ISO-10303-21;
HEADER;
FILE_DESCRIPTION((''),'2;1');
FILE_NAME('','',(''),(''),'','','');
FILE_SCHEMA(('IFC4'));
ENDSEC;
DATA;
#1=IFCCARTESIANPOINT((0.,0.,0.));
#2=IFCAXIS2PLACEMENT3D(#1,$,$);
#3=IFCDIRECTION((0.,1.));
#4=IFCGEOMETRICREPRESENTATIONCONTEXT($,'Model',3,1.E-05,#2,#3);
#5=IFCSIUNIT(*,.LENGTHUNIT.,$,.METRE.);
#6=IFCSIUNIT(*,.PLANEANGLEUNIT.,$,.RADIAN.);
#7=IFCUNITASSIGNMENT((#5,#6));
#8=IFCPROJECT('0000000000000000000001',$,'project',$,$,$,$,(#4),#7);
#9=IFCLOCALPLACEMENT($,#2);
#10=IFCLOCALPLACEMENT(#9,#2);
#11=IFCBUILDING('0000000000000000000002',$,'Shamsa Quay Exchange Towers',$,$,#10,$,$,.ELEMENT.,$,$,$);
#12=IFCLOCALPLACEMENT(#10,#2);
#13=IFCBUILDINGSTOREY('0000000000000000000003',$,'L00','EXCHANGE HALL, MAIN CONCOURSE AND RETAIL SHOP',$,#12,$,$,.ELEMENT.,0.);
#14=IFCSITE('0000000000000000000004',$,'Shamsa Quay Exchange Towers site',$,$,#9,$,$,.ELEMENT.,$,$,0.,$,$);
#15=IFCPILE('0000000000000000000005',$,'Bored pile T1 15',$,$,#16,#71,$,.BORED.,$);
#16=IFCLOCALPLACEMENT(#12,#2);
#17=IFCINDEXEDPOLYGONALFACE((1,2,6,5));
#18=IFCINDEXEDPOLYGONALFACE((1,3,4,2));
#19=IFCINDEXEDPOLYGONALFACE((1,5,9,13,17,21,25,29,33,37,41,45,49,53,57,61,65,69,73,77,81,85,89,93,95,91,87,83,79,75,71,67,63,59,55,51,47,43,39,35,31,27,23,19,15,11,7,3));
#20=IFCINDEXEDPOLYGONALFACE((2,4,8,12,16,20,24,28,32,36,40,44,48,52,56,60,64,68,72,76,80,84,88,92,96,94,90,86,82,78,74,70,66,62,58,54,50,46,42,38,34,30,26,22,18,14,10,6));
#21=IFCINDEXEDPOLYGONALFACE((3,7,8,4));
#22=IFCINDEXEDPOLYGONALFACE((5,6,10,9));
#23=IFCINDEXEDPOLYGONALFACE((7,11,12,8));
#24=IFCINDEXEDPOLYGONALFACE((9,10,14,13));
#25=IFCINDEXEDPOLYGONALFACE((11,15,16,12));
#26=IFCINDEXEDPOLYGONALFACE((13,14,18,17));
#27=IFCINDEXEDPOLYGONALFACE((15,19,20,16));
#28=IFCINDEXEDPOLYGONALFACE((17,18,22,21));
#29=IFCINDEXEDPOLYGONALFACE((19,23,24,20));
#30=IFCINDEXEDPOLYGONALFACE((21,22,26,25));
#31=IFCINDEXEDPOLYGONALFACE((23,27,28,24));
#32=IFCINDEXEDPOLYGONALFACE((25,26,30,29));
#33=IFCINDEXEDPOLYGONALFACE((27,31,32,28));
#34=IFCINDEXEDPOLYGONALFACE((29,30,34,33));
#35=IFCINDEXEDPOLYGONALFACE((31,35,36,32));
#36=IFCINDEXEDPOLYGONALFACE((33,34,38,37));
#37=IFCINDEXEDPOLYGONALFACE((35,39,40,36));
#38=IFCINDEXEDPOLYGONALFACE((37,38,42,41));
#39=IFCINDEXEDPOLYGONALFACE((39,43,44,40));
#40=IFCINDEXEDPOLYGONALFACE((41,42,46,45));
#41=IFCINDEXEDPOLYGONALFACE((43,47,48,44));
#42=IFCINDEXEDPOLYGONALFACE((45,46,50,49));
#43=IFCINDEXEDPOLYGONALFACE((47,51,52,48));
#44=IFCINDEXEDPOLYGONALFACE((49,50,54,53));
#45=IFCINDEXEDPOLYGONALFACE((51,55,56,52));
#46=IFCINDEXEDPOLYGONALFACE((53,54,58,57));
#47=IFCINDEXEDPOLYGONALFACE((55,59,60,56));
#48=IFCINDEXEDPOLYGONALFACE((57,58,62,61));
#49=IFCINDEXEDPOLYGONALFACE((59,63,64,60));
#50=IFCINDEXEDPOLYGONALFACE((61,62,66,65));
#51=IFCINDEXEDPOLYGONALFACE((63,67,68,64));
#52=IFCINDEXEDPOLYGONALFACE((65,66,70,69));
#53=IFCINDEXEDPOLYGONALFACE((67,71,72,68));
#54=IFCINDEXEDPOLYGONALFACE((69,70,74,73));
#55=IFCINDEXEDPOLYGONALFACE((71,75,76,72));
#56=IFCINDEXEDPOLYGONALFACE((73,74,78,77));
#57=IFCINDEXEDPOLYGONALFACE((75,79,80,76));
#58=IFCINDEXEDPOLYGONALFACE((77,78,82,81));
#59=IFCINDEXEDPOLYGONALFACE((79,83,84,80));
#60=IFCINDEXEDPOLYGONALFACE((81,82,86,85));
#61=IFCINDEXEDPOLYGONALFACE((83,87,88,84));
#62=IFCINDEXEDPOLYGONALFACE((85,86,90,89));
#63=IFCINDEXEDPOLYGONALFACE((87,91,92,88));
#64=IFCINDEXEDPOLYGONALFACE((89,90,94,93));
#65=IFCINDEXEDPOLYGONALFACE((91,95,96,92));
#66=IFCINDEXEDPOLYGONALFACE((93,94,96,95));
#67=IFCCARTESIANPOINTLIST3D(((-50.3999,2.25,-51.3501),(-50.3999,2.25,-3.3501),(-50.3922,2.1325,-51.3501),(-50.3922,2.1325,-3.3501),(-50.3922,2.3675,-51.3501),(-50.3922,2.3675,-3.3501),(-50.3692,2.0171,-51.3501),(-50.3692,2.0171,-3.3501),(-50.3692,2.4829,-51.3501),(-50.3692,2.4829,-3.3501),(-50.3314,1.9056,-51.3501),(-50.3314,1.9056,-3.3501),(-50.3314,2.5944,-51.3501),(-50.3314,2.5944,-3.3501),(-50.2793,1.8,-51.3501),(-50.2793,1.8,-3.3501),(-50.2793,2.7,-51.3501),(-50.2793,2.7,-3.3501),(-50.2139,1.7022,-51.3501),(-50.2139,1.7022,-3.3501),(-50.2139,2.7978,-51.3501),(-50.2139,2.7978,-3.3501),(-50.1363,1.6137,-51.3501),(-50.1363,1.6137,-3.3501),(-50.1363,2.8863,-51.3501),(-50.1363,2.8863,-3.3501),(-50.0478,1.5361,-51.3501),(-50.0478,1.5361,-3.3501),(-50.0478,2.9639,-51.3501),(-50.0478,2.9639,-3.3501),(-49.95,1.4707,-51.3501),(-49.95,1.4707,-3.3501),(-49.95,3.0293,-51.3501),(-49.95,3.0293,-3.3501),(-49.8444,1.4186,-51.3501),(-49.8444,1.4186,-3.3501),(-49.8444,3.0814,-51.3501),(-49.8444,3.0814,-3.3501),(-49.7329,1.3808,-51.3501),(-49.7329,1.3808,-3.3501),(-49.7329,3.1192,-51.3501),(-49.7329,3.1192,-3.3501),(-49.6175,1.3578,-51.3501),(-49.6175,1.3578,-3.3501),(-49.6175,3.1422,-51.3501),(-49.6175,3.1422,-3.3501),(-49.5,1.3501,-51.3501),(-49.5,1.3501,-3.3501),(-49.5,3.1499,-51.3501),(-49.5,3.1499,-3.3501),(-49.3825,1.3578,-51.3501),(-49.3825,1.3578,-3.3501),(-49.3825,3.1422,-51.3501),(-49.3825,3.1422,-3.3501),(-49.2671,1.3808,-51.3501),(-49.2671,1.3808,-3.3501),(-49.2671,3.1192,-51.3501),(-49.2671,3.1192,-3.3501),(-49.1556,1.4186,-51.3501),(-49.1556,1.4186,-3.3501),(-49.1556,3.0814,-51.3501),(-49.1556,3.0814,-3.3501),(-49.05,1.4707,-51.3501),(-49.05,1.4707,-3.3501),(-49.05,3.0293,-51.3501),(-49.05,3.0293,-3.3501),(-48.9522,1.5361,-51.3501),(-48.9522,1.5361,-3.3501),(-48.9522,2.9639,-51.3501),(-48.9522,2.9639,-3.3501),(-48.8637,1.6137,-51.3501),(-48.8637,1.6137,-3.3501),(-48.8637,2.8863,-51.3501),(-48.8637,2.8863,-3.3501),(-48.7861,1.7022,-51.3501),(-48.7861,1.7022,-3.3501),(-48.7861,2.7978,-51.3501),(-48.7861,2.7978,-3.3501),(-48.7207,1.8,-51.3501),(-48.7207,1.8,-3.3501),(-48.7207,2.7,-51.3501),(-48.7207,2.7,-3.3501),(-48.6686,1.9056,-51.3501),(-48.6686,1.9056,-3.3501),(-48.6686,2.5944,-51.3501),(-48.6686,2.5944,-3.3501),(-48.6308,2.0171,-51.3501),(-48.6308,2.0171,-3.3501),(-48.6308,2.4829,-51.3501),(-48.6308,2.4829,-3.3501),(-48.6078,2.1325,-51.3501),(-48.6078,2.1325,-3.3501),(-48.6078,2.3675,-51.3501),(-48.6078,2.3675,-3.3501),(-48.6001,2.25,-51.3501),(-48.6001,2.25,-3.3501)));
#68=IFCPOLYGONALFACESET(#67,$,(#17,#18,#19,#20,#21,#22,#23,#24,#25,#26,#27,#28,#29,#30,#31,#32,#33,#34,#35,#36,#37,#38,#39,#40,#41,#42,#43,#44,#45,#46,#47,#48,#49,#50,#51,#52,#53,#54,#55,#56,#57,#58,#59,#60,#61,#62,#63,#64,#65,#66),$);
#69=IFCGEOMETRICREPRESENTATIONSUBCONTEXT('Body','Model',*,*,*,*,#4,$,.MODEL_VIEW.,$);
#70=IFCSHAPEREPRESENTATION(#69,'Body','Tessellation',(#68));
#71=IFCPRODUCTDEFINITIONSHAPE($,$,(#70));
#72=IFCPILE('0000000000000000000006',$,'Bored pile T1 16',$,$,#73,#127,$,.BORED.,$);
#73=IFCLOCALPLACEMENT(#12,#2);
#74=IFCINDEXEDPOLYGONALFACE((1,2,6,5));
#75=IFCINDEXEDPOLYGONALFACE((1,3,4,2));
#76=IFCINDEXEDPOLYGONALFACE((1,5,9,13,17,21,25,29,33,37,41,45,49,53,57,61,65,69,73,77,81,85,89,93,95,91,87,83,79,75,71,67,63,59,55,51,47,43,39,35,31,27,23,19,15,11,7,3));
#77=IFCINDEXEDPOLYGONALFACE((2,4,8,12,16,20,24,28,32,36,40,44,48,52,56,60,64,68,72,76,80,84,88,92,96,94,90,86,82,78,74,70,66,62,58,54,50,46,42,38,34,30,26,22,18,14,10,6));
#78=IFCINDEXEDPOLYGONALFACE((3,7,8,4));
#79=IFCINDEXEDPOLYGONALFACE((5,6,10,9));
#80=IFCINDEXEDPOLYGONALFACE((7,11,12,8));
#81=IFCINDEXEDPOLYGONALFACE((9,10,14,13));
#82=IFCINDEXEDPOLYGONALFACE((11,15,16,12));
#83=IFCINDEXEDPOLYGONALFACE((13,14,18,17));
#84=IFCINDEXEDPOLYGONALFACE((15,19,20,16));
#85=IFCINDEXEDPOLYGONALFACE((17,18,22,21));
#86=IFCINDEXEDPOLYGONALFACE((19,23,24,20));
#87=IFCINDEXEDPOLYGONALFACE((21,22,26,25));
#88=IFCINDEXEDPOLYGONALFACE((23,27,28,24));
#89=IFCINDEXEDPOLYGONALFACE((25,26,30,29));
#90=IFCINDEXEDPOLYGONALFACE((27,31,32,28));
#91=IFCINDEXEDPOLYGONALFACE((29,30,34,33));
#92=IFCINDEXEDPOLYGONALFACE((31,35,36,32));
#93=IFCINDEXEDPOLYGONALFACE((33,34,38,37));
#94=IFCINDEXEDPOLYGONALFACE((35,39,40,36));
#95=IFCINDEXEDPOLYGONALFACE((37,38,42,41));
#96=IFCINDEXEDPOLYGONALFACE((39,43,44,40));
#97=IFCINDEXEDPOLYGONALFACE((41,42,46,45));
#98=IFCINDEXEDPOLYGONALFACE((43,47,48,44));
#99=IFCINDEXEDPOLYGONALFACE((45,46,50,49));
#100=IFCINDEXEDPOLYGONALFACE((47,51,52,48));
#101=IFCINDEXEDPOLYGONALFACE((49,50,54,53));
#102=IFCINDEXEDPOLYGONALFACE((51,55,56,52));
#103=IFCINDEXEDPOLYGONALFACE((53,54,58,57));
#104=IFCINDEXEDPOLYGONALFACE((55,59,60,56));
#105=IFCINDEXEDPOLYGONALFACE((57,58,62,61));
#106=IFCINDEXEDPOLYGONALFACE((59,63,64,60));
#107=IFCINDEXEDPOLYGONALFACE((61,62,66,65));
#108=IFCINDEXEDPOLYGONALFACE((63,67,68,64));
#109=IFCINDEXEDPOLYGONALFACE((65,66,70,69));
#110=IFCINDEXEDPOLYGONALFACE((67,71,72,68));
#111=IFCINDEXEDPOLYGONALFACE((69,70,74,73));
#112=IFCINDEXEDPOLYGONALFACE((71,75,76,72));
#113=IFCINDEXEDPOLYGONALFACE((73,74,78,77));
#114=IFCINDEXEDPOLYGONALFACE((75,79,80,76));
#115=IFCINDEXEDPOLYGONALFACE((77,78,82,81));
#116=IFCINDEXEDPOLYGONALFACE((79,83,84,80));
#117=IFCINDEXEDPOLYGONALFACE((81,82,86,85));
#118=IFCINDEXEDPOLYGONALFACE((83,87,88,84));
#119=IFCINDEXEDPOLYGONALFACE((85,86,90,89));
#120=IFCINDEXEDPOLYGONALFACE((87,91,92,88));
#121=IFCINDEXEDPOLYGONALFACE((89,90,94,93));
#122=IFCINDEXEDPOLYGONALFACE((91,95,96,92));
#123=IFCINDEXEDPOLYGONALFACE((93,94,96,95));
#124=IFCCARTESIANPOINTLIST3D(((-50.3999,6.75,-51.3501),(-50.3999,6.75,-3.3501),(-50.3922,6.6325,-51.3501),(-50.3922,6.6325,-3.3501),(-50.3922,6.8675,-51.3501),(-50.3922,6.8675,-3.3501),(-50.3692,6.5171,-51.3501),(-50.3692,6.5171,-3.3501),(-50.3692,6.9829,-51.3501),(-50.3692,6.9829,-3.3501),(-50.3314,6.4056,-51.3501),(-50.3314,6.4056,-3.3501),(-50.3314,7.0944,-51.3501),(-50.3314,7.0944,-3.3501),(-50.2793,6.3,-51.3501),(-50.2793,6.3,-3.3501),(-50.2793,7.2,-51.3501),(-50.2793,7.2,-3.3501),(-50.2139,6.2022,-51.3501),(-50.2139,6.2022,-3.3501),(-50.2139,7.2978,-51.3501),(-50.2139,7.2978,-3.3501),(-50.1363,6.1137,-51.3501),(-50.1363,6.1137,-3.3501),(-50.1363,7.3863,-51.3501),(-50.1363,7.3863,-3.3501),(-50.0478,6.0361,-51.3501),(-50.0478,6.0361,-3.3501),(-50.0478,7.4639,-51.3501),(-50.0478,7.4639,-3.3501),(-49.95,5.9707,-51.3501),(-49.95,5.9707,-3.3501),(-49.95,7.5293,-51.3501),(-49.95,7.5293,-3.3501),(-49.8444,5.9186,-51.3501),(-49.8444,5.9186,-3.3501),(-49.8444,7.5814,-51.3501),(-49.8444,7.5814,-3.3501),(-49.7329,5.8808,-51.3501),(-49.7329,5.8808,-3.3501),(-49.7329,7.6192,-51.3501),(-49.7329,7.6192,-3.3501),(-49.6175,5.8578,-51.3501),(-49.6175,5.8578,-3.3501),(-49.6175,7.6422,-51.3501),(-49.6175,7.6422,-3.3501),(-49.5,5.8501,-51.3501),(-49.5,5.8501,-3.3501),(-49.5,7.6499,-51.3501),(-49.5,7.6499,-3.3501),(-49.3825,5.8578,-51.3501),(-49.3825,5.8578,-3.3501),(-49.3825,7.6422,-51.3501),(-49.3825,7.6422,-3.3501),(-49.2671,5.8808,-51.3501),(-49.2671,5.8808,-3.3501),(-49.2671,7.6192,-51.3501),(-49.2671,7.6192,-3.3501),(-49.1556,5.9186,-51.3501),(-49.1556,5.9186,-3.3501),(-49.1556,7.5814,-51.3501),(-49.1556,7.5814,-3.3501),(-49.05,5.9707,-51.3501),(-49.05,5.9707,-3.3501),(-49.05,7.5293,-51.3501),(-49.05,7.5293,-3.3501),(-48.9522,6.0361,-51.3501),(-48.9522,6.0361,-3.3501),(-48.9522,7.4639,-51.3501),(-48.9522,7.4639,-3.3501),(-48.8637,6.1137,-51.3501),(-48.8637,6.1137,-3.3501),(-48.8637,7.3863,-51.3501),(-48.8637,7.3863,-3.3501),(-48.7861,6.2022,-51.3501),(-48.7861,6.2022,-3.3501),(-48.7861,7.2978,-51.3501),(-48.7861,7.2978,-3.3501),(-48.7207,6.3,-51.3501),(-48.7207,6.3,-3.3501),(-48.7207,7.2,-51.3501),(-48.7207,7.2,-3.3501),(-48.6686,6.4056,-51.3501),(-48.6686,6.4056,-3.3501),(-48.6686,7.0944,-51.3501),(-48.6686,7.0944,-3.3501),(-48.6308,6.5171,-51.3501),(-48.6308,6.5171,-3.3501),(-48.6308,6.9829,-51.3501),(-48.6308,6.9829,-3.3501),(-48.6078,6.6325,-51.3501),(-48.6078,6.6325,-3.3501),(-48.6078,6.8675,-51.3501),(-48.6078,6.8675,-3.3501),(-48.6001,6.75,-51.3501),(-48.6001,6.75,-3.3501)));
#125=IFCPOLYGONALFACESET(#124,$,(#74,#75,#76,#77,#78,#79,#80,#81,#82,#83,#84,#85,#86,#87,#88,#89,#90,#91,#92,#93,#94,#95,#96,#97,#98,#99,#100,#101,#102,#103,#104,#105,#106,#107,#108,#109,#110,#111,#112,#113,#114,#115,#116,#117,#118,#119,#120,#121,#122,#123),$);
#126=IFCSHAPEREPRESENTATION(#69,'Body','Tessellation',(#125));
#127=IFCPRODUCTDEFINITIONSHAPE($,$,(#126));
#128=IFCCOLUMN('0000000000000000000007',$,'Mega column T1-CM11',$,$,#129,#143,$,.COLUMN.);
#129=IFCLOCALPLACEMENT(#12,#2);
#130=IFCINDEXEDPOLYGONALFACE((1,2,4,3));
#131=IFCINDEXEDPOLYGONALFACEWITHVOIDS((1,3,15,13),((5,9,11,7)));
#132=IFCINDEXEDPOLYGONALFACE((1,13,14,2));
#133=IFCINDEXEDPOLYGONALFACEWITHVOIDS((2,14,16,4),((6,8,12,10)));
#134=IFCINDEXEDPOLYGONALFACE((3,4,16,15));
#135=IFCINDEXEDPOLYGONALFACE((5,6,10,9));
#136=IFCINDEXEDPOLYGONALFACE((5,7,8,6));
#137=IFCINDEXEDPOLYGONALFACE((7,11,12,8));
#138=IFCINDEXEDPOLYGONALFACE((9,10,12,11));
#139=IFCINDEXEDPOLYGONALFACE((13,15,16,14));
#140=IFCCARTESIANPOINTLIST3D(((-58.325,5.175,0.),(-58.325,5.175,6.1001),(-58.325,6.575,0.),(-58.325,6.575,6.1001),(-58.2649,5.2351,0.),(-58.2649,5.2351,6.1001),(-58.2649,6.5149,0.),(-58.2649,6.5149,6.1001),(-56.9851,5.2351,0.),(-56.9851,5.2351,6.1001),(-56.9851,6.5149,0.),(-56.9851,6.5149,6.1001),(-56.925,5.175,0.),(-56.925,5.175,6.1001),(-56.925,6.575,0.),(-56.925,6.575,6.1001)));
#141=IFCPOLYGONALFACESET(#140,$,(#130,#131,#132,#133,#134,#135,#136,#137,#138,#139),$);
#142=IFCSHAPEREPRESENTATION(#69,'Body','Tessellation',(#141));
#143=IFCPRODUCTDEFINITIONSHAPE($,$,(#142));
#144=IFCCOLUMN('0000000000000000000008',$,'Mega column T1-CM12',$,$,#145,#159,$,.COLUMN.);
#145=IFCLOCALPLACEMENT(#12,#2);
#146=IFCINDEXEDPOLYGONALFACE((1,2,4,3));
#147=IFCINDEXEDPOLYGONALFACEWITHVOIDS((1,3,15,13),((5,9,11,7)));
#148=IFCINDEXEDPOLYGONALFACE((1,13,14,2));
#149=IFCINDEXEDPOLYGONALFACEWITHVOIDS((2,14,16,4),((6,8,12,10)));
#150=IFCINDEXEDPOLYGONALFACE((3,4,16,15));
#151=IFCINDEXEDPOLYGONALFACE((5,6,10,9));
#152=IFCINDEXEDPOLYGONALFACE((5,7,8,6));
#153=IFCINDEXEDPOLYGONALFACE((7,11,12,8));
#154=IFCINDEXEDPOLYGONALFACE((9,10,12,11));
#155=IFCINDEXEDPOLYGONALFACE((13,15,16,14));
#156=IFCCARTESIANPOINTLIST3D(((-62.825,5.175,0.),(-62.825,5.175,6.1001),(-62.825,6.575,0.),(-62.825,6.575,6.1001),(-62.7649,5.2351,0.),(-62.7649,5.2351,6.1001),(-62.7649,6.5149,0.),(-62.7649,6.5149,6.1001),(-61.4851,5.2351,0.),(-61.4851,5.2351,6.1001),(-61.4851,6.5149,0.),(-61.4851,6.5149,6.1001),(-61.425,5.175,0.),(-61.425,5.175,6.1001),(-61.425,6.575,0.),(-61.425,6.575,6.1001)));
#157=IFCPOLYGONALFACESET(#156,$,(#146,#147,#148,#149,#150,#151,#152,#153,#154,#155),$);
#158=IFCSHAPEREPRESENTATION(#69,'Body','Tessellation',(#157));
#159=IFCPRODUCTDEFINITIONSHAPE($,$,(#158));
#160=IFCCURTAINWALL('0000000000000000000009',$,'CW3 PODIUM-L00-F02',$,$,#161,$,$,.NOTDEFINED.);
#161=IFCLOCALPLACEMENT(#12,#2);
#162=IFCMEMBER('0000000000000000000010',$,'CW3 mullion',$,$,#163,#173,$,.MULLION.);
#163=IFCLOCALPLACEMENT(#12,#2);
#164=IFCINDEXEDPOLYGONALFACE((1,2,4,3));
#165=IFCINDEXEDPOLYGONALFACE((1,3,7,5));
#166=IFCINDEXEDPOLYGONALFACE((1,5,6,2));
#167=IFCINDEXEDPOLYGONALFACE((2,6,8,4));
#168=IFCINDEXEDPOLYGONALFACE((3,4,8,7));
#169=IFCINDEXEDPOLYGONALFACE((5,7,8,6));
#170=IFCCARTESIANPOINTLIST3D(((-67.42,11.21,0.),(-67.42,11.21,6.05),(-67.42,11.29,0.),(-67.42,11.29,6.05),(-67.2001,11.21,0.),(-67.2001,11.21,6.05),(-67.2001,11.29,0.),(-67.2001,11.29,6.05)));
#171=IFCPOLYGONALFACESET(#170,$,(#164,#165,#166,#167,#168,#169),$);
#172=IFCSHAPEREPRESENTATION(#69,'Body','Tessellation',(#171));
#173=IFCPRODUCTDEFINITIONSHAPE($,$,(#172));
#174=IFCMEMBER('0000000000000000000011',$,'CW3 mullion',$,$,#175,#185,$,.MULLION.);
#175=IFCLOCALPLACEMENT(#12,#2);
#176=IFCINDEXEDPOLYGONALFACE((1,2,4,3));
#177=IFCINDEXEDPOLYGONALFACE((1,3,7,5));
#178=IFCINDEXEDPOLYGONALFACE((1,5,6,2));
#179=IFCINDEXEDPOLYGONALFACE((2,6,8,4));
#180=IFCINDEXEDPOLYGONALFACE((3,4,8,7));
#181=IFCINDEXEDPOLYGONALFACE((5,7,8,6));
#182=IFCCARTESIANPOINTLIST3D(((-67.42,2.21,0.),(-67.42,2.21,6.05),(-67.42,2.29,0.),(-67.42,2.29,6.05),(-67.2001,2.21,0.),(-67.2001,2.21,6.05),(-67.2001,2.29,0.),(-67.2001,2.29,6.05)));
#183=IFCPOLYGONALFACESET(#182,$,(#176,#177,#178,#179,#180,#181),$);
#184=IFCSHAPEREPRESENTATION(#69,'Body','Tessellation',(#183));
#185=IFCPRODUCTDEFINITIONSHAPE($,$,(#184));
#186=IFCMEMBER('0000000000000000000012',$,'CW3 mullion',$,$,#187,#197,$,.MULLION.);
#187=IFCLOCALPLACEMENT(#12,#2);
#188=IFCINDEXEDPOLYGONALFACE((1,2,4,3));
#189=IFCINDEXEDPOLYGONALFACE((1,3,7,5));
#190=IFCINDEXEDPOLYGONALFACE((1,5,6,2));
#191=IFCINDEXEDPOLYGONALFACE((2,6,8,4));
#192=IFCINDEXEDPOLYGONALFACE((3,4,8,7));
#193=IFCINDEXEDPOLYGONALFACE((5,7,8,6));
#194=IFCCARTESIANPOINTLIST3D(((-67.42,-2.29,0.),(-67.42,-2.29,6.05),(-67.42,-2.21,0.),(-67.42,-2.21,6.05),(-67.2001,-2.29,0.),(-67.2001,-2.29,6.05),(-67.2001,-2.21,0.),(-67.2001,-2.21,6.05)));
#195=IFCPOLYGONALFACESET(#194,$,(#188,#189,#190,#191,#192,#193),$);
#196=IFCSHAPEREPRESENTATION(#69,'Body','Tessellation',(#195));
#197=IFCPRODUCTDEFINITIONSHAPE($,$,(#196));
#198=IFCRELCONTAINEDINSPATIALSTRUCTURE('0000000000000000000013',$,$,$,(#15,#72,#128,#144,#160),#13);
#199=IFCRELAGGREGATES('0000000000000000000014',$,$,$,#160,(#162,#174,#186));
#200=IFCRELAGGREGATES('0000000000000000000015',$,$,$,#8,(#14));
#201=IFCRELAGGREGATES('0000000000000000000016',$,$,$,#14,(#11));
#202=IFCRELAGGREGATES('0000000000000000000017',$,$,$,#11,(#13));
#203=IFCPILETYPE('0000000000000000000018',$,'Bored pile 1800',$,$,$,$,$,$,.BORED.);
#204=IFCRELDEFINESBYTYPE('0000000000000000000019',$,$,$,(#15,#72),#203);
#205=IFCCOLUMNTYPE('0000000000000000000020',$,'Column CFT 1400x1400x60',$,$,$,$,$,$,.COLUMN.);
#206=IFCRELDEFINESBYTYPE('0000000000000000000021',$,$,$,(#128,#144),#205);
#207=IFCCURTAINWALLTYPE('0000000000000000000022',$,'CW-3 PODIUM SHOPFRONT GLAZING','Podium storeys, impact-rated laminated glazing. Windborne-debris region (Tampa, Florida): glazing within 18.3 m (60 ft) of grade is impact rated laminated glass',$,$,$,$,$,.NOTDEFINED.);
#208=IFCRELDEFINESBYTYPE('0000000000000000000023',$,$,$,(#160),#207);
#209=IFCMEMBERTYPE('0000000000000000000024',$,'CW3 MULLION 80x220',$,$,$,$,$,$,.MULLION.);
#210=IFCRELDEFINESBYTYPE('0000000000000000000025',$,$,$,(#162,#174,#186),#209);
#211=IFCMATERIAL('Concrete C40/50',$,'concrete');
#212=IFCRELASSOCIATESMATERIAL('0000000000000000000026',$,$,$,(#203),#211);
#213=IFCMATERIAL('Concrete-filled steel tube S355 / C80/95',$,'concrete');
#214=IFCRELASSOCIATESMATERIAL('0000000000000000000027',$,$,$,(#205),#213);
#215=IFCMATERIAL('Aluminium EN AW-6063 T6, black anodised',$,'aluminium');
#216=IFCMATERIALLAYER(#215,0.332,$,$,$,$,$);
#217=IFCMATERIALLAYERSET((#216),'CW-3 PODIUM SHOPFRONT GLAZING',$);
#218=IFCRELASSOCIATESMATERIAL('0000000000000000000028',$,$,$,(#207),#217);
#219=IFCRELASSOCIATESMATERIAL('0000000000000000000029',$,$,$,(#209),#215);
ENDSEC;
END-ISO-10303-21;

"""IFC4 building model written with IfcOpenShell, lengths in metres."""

from ifc_helpers import new_model, si_unit, direction, frame, origin, origin_2d, place, context, subcontext, project, spatial, rectangle, hollow_rectangle, circle, extrude, material, layer, layer_set, material_profile, profile_set, type_object, element, aggregate, save


model = new_model("IFC4")

# Units and contexts
model_context = context("Model", 3, precision=1e-05, world=origin(), true_north=direction((0.0, 1.0)))
body_context = subcontext(model_context, "Body", "Model", "MODEL_VIEW")
ifc_project = project(units=[si_unit("LENGTHUNIT", "METRE"), si_unit("PLANEANGLEUNIT", "RADIAN")], contexts=[model_context])

# Site, building, storey
site_placement = place(None, origin())
site = spatial("IfcSite", under=ifc_project, at=site_placement, Name="Shamsa Quay Exchange Towers site", CompositionType="ELEMENT", RefElevation=0.0)
building_placement = place(site_placement, origin())
building = spatial("IfcBuilding", under=site, at=building_placement, Name="Shamsa Quay Exchange Towers", CompositionType="ELEMENT")
storey_placement = place(building_placement, origin())
storey = spatial("IfcBuildingStorey", under=building, at=storey_placement, Name="L00", Description="EXCHANGE HALL, MAIN CONCOURSE AND RETAIL SHOP", CompositionType="ELEMENT", Elevation=0.0)

# Piles
ifc_material_1 = material(Name="Concrete C40/50", Category="concrete")
ifc_material_profile_1 = material_profile(ifc_material_1, circle(Radius=0.8999, at=origin_2d()), Name="BP1800")
ifc_profile_set_1 = profile_set([ifc_material_profile_1], Name="Concrete C40/50")
pile_type_1 = type_object("IfcPileType", Name="Bored pile 1800", PredefinedType="BORED", material=ifc_profile_set_1)
for number, where, z_axis, x_axis, name in (
    (1, (-49.5, 2.25, -3.3501), (0.0, 0.0, -1.0), (1.0, 0.0, 0.0), "Bored pile T1 15"),
    (2, (-49.5, 6.75, -3.3501), (0.0, 0.0, -1.0), (1.0, 0.0, 0.0), "Bored pile T1 16"),
):
    element("IfcPile", number, at=place(storey_placement, frame(where, z_axis=z_axis, x_axis=x_axis)), inside=storey, type_object=pile_type_1, Name=name, PredefinedType="BORED", context=body_context, shape_type="SweptSolid", body=[
        extrude(circle(Radius=0.8999, at=origin_2d()), origin(), (0.0, 0.0, 1.0), 48.0),
    ])

# Columns
ifc_material_2 = material(Name="Concrete-filled steel tube S355 / C80/95", Category="concrete")
ifc_material_profile_2 = material_profile(ifc_material_2, hollow_rectangle(XDim=1.3999, YDim=1.3999, WallThickness=0.0601, at=origin_2d()), Name="CFT 1400x1400x60")
ifc_profile_set_2 = profile_set([ifc_material_profile_2], Name="Concrete-filled steel tube S355 / C80/95")
column_type = type_object("IfcColumnType", Name="Column CFT 1400x1400x60", PredefinedType="COLUMN", material=ifc_profile_set_2)
for number, where, name in (
    (3, (-57.625, 5.875, 0.0), "Mega column T1-CM11"),
    (4, (-62.125, 5.875, 0.0), "Mega column T1-CM12"),
):
    element("IfcColumn", number, at=place(storey_placement, frame(where)), inside=storey, type_object=column_type, Name=name, PredefinedType="COLUMN", context=body_context, shape_type="SweptSolid", body=[
        extrude(hollow_rectangle(XDim=1.3999, YDim=1.3999, WallThickness=0.0601, at=origin_2d()), origin(), (0.0, 0.0, 1.0), 6.1001),
    ])

# Curtain wall, members
ifc_material_3 = material(Name="Aluminium EN AW-6063 T6, black anodised", Category="aluminium")
ifc_layer_1 = layer(ifc_material_3, 0.332)
ifc_layer_set_1 = layer_set([ifc_layer_1], Name="CW-3 PODIUM SHOPFRONT GLAZING")
curtain_wall_type = type_object("IfcCurtainWallType", Name="CW-3 PODIUM SHOPFRONT GLAZING", Description="Podium storeys, impact-rated laminated glazing. Windborne-debris region (Tampa, Florida): glazing within 18.3 m (60 ft) of grade is impact rated laminated glass", PredefinedType="NOTDEFINED", material=ifc_layer_set_1)
curtain_wall_placement = place(storey_placement, origin())
curtain_wall = element("IfcCurtainWall", 5, at=curtain_wall_placement, inside=storey, type_object=curtain_wall_type, Name="CW3 PODIUM-L00-F02", PredefinedType="NOTDEFINED")
ifc_material_profile_3 = material_profile(ifc_material_3, rectangle(XDim=0.22, YDim=0.0801, at=origin_2d()), Name="MU80x220")
ifc_profile_set_3 = profile_set([ifc_material_profile_3], Name="Aluminium EN AW-6063 T6, black anodised")
member_type_1 = type_object("IfcMemberType", Name="CW3 MULLION 80x220", PredefinedType="MULLION", material=ifc_profile_set_3)
member_1_placement = place(storey_placement, frame((-67.3101, 11.25, 0.0)))
member_1 = element("IfcMember", 6, at=member_1_placement, type_object=member_type_1, Name="CW3 mullion", PredefinedType="MULLION", context=body_context, shape_type="SweptSolid", body=[
    extrude(rectangle(XDim=0.22, YDim=0.0801, at=origin_2d()), origin(), (0.0, 0.0, 1.0), 6.05),
])
member_2_placement = place(storey_placement, frame((-67.3101, 2.25, 0.0)))
member_2 = element("IfcMember", 7, at=member_2_placement, type_object=member_type_1, Name="CW3 mullion", PredefinedType="MULLION", context=body_context, shape_type="SweptSolid", body=[
    extrude(rectangle(XDim=0.22, YDim=0.0801, at=origin_2d()), origin(), (0.0, 0.0, 1.0), 6.05),
])
member_3_placement = place(storey_placement, frame((-67.3101, -2.25, 0.0)))
member_3 = element("IfcMember", 8, at=member_3_placement, type_object=member_type_1, Name="CW3 mullion", PredefinedType="MULLION", context=body_context, shape_type="SweptSolid", body=[
    extrude(rectangle(XDim=0.22, YDim=0.0801, at=origin_2d()), origin(), (0.0, 0.0, 1.0), 6.05),
])
aggregate(curtain_wall, [member_1, member_2, member_3])

save(model, "model.ifc")
